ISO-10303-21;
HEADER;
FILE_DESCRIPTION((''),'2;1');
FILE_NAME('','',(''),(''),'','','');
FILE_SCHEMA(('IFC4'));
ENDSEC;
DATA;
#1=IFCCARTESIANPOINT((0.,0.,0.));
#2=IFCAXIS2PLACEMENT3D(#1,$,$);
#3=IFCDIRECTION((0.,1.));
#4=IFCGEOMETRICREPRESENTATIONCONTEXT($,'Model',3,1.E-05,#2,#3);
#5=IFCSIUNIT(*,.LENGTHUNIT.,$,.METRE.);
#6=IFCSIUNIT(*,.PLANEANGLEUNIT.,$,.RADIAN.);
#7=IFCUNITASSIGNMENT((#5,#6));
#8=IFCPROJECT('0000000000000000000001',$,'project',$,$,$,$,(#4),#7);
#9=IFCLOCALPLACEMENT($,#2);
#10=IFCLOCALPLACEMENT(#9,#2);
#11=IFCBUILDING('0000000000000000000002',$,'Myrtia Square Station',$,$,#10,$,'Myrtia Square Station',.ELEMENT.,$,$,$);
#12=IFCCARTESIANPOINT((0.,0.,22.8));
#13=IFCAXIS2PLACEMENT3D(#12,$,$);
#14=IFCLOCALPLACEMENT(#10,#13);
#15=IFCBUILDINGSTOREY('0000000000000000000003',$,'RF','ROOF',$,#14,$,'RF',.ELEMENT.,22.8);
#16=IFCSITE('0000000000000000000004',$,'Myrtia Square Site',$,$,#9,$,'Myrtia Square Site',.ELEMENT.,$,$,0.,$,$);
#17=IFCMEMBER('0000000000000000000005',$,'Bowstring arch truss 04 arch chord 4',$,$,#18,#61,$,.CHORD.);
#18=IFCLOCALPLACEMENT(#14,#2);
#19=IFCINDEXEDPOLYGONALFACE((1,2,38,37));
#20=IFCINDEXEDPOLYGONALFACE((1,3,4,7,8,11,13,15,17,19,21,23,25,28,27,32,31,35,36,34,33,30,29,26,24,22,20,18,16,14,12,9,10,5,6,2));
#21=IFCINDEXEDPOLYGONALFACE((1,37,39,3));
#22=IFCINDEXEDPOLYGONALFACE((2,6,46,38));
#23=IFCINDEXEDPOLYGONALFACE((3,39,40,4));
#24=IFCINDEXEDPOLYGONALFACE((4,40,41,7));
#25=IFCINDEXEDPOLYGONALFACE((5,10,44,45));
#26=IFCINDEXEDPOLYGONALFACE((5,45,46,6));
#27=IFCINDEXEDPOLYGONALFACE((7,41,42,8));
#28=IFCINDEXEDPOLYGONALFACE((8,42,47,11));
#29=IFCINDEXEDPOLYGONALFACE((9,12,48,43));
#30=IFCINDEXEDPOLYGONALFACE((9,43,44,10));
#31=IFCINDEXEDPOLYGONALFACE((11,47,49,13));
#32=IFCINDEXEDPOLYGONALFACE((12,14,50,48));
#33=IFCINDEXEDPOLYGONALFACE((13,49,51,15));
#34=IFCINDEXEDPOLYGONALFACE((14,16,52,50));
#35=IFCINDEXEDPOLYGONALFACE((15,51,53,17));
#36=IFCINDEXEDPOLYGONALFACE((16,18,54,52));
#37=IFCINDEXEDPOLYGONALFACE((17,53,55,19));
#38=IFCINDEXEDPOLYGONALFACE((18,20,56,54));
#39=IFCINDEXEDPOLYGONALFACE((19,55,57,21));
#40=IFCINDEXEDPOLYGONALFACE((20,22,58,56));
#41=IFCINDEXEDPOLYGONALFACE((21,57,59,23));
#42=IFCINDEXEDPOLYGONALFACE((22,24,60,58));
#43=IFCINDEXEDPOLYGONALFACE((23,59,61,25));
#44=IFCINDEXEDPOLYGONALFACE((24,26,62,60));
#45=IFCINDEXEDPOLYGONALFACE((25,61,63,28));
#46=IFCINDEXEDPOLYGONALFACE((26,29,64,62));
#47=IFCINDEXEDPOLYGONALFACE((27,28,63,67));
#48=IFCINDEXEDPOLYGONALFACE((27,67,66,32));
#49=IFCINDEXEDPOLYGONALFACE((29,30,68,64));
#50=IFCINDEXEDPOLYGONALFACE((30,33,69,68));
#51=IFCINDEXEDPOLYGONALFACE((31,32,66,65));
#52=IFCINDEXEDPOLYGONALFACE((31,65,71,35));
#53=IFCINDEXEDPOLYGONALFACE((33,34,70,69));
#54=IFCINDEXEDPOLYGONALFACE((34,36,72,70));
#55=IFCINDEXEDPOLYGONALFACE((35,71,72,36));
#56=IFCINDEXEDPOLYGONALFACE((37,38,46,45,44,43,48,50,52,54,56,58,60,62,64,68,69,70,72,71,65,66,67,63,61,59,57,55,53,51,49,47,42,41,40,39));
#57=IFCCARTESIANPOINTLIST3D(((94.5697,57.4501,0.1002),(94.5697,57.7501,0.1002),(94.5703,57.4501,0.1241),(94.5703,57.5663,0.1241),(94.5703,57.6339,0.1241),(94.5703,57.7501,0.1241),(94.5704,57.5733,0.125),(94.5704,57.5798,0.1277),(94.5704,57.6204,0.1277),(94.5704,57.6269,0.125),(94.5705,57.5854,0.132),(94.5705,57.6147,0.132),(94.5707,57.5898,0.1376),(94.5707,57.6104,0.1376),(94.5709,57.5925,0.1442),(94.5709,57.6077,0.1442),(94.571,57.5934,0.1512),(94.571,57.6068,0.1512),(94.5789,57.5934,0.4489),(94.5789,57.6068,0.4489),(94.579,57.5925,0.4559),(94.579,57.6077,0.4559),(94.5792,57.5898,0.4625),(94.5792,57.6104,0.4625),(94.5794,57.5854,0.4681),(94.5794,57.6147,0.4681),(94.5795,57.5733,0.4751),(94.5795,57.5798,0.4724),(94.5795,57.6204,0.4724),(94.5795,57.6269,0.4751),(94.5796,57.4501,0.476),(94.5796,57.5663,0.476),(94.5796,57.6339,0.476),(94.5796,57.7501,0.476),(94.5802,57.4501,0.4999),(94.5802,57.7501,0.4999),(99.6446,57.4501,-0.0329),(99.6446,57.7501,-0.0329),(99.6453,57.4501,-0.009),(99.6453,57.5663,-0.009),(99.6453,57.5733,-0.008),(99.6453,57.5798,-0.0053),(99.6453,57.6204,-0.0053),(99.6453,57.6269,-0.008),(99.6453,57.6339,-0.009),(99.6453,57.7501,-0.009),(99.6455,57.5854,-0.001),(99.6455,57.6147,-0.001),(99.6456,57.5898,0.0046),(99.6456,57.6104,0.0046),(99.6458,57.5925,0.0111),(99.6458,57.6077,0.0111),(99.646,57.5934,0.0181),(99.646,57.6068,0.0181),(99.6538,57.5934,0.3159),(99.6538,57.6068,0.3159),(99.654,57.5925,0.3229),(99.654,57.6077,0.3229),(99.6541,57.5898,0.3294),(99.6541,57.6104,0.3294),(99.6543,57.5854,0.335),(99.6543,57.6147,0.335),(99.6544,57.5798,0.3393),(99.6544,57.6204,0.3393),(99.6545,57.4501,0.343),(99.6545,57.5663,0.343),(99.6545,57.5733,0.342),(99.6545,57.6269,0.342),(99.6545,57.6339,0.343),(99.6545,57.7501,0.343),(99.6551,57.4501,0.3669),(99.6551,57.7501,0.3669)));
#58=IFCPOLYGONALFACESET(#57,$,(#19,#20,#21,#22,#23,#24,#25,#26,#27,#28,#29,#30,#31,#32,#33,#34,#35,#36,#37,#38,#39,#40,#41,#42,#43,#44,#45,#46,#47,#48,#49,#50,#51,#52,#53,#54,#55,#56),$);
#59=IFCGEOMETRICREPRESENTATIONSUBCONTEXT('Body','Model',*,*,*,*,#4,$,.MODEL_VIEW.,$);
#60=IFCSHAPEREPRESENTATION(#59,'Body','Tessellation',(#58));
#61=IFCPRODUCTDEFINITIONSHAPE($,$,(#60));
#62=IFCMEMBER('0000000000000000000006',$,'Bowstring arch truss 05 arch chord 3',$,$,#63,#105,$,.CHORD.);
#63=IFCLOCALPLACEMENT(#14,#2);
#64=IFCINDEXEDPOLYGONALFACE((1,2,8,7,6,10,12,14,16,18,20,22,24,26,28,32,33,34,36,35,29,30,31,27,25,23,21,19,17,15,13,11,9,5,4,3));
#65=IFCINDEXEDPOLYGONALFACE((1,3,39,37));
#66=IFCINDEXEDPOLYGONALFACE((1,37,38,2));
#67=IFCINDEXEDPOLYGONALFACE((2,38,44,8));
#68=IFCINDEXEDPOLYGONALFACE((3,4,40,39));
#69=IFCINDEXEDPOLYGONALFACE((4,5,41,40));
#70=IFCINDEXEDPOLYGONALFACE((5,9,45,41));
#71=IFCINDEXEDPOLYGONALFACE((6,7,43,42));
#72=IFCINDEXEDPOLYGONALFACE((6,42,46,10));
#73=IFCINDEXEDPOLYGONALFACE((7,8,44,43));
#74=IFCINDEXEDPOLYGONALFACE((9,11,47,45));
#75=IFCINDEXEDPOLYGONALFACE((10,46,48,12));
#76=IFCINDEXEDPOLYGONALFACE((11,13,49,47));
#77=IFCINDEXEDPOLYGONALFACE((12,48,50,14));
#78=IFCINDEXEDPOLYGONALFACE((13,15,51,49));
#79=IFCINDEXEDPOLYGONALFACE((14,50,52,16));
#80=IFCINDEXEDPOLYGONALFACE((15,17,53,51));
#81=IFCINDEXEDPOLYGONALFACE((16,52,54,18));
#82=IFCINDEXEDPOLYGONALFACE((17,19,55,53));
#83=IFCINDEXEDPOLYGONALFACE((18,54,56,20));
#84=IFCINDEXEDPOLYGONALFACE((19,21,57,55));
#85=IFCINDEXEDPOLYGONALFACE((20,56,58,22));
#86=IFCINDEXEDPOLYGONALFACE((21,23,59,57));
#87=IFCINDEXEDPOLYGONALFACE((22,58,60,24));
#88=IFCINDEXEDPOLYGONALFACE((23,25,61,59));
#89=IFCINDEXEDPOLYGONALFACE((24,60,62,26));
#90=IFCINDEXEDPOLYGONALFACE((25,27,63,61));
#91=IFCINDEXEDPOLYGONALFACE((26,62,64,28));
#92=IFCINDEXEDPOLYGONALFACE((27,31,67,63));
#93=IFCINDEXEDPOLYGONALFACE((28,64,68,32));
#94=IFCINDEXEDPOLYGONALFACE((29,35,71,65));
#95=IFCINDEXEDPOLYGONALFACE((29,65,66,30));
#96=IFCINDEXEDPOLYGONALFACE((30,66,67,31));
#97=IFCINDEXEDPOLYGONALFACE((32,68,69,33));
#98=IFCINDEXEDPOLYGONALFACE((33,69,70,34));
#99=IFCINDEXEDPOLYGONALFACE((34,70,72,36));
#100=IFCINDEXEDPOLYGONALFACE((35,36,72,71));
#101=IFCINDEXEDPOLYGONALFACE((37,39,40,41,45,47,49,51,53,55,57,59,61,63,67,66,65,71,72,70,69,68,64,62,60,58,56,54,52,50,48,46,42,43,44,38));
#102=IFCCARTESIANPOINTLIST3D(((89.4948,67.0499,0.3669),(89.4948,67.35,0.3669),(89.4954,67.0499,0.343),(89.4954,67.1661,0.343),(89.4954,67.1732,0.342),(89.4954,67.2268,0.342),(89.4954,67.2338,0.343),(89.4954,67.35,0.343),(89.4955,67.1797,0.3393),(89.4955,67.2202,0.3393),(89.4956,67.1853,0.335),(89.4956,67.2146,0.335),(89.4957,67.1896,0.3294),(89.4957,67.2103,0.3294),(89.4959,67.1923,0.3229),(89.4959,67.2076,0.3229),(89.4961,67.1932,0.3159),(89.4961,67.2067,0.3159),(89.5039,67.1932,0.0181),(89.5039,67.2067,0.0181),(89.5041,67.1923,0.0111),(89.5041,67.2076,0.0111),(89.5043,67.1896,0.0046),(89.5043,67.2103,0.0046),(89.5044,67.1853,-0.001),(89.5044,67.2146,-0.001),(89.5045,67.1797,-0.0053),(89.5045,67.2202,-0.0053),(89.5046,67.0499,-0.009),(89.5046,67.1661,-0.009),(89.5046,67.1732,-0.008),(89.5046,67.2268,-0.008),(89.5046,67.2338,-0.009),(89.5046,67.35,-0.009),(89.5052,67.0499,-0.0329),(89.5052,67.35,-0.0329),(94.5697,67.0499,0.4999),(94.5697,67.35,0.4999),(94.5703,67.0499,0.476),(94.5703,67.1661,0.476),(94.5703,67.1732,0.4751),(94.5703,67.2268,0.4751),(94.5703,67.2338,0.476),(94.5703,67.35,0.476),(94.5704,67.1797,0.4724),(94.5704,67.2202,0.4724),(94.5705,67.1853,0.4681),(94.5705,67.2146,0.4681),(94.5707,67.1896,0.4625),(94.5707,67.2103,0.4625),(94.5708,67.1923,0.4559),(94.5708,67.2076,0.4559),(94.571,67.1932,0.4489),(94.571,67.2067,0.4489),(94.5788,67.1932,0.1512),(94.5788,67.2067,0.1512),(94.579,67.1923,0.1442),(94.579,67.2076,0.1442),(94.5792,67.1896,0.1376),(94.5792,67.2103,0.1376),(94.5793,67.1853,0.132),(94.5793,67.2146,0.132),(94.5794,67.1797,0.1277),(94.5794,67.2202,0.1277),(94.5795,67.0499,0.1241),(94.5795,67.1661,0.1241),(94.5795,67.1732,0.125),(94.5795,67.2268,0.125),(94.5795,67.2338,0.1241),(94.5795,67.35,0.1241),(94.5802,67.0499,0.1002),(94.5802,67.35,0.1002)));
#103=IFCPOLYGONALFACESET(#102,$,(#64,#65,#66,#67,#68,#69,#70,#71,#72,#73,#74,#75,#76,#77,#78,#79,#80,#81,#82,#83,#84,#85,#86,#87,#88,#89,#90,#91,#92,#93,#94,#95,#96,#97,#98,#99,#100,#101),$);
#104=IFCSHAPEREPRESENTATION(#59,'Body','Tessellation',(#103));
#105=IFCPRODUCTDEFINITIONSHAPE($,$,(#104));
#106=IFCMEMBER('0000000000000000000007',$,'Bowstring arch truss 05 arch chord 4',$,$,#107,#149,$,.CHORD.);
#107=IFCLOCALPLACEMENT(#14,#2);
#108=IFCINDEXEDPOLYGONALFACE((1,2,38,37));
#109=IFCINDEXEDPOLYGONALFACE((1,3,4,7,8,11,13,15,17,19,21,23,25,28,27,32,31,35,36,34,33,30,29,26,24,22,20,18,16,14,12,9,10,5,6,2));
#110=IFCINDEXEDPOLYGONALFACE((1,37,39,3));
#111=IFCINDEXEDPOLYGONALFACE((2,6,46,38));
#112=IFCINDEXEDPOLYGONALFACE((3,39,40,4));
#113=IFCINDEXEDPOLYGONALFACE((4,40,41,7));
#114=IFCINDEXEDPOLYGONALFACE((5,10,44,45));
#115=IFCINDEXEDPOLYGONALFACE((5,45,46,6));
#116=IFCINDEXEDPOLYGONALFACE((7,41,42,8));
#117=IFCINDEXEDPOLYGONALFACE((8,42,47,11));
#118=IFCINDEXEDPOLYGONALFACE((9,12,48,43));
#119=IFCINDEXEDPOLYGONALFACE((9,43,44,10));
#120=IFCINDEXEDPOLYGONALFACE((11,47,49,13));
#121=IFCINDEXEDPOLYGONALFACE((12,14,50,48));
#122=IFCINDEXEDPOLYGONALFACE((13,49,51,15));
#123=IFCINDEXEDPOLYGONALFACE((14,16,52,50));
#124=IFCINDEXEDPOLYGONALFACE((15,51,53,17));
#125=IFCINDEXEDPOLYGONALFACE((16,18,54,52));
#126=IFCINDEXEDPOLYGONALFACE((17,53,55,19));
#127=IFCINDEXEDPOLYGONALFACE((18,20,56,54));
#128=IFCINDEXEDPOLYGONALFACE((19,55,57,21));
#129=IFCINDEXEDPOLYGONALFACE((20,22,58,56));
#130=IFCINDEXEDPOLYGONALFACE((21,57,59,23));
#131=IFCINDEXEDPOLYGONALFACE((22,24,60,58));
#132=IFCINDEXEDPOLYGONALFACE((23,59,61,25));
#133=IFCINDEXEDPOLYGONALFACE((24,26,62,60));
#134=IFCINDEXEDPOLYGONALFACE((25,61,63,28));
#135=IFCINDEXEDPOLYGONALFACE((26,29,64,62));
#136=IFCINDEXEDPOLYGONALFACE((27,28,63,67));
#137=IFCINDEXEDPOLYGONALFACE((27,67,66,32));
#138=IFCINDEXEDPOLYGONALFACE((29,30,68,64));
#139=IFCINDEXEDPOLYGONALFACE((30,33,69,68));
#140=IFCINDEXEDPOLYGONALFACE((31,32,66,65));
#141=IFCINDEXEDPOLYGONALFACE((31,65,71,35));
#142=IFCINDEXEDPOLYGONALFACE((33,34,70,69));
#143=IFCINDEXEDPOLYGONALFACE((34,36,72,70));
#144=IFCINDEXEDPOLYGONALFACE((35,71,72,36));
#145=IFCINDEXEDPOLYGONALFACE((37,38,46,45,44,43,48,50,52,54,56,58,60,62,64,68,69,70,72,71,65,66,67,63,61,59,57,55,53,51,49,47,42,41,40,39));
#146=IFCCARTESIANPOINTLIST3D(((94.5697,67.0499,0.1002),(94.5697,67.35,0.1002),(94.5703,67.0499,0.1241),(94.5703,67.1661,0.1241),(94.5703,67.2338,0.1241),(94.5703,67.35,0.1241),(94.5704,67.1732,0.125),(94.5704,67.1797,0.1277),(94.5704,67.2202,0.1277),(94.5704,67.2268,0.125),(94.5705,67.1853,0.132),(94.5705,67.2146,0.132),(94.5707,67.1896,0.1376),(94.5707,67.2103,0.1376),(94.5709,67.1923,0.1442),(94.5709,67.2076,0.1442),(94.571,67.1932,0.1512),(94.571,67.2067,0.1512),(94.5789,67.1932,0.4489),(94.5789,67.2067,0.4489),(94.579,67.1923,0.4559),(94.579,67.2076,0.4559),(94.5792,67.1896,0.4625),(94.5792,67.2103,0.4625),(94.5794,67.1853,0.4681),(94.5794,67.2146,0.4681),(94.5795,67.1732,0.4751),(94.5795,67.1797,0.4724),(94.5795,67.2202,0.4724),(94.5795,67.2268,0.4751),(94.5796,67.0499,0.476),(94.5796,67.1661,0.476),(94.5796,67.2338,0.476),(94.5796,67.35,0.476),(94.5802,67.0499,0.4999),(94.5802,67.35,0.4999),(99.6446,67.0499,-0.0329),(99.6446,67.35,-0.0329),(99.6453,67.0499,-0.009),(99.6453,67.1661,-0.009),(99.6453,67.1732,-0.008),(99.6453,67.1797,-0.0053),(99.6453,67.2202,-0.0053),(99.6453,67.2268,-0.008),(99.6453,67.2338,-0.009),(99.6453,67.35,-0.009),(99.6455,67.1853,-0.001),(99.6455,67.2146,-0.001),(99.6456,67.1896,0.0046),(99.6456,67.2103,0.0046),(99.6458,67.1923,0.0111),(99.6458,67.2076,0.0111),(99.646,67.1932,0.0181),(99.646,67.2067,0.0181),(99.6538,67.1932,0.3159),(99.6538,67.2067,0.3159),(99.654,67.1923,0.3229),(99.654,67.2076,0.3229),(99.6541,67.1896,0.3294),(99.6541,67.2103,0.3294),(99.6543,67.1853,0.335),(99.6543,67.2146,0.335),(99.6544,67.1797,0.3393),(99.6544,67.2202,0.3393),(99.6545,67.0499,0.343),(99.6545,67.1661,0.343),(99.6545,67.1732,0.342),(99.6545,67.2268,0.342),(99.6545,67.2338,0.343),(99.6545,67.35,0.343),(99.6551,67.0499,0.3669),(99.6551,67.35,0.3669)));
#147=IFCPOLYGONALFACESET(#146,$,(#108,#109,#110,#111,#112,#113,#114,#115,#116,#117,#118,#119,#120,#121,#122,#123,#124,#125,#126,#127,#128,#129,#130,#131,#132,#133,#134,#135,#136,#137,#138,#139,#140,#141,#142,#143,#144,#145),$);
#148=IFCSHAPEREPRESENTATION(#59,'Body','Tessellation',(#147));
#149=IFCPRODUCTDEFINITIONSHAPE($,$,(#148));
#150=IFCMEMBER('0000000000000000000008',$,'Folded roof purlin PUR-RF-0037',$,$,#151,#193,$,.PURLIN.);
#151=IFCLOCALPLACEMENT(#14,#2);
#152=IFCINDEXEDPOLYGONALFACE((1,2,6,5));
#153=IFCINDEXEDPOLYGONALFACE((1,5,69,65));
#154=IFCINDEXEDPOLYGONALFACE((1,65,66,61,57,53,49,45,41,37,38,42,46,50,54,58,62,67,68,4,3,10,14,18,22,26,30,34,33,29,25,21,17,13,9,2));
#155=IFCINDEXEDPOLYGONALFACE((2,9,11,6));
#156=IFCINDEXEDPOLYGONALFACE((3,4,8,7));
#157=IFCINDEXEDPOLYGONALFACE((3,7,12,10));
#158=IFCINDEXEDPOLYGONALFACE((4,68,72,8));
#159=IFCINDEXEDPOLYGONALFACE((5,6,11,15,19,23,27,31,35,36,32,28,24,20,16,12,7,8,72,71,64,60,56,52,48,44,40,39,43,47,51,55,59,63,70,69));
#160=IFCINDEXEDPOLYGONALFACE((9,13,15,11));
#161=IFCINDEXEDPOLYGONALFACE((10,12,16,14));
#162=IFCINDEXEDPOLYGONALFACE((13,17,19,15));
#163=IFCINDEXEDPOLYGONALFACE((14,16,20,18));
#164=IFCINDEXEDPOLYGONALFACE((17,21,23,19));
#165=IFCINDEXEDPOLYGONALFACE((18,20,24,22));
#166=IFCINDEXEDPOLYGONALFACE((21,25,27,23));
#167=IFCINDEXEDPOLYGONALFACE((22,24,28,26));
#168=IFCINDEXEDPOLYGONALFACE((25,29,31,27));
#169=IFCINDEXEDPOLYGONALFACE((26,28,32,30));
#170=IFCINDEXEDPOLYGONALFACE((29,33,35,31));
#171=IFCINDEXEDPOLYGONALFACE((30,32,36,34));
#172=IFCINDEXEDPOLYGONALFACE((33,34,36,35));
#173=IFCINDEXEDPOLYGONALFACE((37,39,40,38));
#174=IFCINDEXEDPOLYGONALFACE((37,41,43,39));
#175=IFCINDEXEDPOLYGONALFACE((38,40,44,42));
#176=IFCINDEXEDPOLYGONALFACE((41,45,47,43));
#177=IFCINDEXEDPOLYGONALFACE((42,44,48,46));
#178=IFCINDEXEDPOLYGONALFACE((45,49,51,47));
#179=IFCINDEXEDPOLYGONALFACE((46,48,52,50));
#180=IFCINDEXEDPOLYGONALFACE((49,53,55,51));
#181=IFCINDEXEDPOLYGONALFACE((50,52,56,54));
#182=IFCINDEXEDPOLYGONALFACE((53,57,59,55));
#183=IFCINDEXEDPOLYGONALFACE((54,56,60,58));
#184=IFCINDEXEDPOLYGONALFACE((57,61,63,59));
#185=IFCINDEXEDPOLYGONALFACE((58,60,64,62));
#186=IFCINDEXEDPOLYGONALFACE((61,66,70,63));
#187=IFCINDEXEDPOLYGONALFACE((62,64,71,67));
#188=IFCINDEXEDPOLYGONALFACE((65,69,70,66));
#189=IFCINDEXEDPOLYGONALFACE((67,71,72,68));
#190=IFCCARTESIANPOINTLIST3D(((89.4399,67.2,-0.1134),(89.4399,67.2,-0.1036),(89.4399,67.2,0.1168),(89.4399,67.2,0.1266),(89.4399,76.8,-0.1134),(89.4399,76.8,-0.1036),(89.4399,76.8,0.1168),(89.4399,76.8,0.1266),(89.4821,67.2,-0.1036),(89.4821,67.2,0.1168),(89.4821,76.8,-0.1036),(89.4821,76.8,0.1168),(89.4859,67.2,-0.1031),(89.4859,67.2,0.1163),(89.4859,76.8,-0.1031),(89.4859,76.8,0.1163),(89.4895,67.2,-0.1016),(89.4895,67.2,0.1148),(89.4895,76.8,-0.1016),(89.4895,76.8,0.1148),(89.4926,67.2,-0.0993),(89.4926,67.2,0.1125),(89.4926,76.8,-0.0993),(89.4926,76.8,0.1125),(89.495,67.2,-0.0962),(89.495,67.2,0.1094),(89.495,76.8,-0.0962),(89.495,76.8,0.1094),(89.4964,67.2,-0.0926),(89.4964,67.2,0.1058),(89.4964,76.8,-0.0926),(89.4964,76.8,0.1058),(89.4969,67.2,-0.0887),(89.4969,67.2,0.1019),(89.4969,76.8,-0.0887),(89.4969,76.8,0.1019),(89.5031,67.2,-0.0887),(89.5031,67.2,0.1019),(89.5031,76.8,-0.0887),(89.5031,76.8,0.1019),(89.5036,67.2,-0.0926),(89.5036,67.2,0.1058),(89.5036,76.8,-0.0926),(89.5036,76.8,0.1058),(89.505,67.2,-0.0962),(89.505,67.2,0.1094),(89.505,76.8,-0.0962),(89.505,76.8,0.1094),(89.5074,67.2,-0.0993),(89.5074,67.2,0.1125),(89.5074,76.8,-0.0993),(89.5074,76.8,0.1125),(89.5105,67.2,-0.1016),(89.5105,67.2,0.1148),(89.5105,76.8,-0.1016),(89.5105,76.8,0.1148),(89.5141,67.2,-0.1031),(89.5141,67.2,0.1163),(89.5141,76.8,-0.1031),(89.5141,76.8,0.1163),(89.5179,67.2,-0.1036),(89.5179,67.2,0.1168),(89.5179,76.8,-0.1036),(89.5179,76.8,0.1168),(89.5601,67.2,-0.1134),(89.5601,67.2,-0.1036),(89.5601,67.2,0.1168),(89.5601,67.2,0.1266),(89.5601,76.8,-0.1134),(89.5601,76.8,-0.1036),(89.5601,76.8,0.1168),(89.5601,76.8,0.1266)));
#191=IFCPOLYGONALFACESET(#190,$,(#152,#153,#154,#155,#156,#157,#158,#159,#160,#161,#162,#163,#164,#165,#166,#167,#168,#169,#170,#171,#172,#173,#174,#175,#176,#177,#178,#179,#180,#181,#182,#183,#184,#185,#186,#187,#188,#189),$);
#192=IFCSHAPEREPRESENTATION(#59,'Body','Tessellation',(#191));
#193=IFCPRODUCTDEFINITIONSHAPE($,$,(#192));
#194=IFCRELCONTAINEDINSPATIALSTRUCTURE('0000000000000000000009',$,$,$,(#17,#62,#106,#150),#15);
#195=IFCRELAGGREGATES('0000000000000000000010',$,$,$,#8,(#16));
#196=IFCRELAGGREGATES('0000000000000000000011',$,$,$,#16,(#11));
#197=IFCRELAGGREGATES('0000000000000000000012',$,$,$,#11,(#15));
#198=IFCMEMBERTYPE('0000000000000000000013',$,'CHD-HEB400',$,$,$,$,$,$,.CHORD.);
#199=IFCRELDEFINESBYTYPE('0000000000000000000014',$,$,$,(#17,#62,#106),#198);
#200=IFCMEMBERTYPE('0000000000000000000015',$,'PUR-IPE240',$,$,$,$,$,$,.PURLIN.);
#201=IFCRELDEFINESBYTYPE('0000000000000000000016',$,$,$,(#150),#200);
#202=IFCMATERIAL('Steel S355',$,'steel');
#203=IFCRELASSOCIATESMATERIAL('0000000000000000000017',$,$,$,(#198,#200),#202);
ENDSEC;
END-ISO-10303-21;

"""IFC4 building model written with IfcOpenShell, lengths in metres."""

from ifc_helpers import new_model, si_unit, direction, frame, origin, origin_2d, place, context, subcontext, project, spatial, i_section, extrude, material, material_profile, profile_set, type_object, element, save


model = new_model("IFC4")

# Units and contexts
model_context = context("Model", 3, precision=1e-05, world=origin(), true_north=direction((0.0, 1.0)))
body_context = subcontext(model_context, "Body", "Model", "MODEL_VIEW")
ifc_project = project(units=[si_unit("LENGTHUNIT", "METRE"), si_unit("PLANEANGLEUNIT", "RADIAN")], contexts=[model_context])

# Site, building, storey
site_placement = place(None, origin())
site = spatial("IfcSite", under=ifc_project, at=site_placement, Name="Myrtia Square Site", LongName="Myrtia Square Site", CompositionType="ELEMENT", RefElevation=0.0)
building_placement = place(site_placement, origin())
building = spatial("IfcBuilding", under=site, at=building_placement, Name="Myrtia Square Station", LongName="Myrtia Square Station", CompositionType="ELEMENT")
storey_placement = place(building_placement, frame((0.0, 0.0, 22.8)))
storey = spatial("IfcBuildingStorey", under=building, at=storey_placement, Name="RF", Description="ROOF", LongName="RF", CompositionType="ELEMENT", Elevation=22.8)

# Members
ifc_material_1 = material(Name="Steel S355", Category="steel")
ifc_material_profile_1 = material_profile(ifc_material_1, i_section(OverallWidth=0.3, OverallDepth=0.3999, WebThickness=0.0134, FlangeThickness=0.0239, FilletRadius=0.0271, at=origin_2d()), Name="HEB 400")
ifc_profile_set_1 = profile_set([ifc_material_profile_1], Name="Steel S355")
member_type_1 = type_object("IfcMemberType", Name="CHD-HEB400", PredefinedType="CHORD", material=ifc_profile_set_1)
for number, where, z_axis, x_axis, name in (
    (1, (94.575, 57.6001, 0.3), (0.999656, 0.0, -0.026209), (0.0, 1.0, 0.0), "Bowstring arch truss 04 arch chord 4"),
    (2, (89.5, 67.2, 0.167), (0.999656, 0.0, 0.026209), (0.0, 1.0, 0.0), "Bowstring arch truss 05 arch chord 3"),
    (3, (94.575, 67.2, 0.3), (0.999656, 0.0, -0.026209), (0.0, 1.0, 0.0), "Bowstring arch truss 05 arch chord 4"),
):
    element("IfcMember", number, at=place(storey_placement, frame(where, z_axis=z_axis, x_axis=x_axis)), inside=storey, type_object=member_type_1, Name=name, PredefinedType="CHORD", context=body_context, shape_type="SweptSolid", body=[
        extrude(i_section(OverallWidth=0.3, OverallDepth=0.3999, WebThickness=0.0134, FlangeThickness=0.0239, FilletRadius=0.0271, at=origin_2d()), origin(), (0.0, 0.0, 1.0), 5.0767),
    ])
ifc_material_profile_2 = material_profile(ifc_material_1, i_section(OverallWidth=0.1201, OverallDepth=0.24, WebThickness=0.0061, FlangeThickness=0.0098, FilletRadius=0.0149, at=origin_2d()), Name="IPE 240")
ifc_profile_set_2 = profile_set([ifc_material_profile_2], Name="Steel S355")
member_type_2 = type_object("IfcMemberType", Name="PUR-IPE240", PredefinedType="PURLIN", material=ifc_profile_set_2)
member_1_placement = place(storey_placement, frame((89.5, 67.2, 0.0066), z_axis=(0.0, 1.0, 0.0), x_axis=(-1.0, 0.0, 0.0)))
element("IfcMember", 4, at=member_1_placement, inside=storey, type_object=member_type_2, Name="Folded roof purlin PUR-RF-0037", PredefinedType="PURLIN", context=body_context, shape_type="SweptSolid", body=[
    extrude(i_section(OverallWidth=0.1201, OverallDepth=0.24, WebThickness=0.0061, FlangeThickness=0.0098, FilletRadius=0.0149, at=origin_2d()), origin(), (0.0, 0.0, 1.0), 9.6001),
])

save(model, "model.ifc")
